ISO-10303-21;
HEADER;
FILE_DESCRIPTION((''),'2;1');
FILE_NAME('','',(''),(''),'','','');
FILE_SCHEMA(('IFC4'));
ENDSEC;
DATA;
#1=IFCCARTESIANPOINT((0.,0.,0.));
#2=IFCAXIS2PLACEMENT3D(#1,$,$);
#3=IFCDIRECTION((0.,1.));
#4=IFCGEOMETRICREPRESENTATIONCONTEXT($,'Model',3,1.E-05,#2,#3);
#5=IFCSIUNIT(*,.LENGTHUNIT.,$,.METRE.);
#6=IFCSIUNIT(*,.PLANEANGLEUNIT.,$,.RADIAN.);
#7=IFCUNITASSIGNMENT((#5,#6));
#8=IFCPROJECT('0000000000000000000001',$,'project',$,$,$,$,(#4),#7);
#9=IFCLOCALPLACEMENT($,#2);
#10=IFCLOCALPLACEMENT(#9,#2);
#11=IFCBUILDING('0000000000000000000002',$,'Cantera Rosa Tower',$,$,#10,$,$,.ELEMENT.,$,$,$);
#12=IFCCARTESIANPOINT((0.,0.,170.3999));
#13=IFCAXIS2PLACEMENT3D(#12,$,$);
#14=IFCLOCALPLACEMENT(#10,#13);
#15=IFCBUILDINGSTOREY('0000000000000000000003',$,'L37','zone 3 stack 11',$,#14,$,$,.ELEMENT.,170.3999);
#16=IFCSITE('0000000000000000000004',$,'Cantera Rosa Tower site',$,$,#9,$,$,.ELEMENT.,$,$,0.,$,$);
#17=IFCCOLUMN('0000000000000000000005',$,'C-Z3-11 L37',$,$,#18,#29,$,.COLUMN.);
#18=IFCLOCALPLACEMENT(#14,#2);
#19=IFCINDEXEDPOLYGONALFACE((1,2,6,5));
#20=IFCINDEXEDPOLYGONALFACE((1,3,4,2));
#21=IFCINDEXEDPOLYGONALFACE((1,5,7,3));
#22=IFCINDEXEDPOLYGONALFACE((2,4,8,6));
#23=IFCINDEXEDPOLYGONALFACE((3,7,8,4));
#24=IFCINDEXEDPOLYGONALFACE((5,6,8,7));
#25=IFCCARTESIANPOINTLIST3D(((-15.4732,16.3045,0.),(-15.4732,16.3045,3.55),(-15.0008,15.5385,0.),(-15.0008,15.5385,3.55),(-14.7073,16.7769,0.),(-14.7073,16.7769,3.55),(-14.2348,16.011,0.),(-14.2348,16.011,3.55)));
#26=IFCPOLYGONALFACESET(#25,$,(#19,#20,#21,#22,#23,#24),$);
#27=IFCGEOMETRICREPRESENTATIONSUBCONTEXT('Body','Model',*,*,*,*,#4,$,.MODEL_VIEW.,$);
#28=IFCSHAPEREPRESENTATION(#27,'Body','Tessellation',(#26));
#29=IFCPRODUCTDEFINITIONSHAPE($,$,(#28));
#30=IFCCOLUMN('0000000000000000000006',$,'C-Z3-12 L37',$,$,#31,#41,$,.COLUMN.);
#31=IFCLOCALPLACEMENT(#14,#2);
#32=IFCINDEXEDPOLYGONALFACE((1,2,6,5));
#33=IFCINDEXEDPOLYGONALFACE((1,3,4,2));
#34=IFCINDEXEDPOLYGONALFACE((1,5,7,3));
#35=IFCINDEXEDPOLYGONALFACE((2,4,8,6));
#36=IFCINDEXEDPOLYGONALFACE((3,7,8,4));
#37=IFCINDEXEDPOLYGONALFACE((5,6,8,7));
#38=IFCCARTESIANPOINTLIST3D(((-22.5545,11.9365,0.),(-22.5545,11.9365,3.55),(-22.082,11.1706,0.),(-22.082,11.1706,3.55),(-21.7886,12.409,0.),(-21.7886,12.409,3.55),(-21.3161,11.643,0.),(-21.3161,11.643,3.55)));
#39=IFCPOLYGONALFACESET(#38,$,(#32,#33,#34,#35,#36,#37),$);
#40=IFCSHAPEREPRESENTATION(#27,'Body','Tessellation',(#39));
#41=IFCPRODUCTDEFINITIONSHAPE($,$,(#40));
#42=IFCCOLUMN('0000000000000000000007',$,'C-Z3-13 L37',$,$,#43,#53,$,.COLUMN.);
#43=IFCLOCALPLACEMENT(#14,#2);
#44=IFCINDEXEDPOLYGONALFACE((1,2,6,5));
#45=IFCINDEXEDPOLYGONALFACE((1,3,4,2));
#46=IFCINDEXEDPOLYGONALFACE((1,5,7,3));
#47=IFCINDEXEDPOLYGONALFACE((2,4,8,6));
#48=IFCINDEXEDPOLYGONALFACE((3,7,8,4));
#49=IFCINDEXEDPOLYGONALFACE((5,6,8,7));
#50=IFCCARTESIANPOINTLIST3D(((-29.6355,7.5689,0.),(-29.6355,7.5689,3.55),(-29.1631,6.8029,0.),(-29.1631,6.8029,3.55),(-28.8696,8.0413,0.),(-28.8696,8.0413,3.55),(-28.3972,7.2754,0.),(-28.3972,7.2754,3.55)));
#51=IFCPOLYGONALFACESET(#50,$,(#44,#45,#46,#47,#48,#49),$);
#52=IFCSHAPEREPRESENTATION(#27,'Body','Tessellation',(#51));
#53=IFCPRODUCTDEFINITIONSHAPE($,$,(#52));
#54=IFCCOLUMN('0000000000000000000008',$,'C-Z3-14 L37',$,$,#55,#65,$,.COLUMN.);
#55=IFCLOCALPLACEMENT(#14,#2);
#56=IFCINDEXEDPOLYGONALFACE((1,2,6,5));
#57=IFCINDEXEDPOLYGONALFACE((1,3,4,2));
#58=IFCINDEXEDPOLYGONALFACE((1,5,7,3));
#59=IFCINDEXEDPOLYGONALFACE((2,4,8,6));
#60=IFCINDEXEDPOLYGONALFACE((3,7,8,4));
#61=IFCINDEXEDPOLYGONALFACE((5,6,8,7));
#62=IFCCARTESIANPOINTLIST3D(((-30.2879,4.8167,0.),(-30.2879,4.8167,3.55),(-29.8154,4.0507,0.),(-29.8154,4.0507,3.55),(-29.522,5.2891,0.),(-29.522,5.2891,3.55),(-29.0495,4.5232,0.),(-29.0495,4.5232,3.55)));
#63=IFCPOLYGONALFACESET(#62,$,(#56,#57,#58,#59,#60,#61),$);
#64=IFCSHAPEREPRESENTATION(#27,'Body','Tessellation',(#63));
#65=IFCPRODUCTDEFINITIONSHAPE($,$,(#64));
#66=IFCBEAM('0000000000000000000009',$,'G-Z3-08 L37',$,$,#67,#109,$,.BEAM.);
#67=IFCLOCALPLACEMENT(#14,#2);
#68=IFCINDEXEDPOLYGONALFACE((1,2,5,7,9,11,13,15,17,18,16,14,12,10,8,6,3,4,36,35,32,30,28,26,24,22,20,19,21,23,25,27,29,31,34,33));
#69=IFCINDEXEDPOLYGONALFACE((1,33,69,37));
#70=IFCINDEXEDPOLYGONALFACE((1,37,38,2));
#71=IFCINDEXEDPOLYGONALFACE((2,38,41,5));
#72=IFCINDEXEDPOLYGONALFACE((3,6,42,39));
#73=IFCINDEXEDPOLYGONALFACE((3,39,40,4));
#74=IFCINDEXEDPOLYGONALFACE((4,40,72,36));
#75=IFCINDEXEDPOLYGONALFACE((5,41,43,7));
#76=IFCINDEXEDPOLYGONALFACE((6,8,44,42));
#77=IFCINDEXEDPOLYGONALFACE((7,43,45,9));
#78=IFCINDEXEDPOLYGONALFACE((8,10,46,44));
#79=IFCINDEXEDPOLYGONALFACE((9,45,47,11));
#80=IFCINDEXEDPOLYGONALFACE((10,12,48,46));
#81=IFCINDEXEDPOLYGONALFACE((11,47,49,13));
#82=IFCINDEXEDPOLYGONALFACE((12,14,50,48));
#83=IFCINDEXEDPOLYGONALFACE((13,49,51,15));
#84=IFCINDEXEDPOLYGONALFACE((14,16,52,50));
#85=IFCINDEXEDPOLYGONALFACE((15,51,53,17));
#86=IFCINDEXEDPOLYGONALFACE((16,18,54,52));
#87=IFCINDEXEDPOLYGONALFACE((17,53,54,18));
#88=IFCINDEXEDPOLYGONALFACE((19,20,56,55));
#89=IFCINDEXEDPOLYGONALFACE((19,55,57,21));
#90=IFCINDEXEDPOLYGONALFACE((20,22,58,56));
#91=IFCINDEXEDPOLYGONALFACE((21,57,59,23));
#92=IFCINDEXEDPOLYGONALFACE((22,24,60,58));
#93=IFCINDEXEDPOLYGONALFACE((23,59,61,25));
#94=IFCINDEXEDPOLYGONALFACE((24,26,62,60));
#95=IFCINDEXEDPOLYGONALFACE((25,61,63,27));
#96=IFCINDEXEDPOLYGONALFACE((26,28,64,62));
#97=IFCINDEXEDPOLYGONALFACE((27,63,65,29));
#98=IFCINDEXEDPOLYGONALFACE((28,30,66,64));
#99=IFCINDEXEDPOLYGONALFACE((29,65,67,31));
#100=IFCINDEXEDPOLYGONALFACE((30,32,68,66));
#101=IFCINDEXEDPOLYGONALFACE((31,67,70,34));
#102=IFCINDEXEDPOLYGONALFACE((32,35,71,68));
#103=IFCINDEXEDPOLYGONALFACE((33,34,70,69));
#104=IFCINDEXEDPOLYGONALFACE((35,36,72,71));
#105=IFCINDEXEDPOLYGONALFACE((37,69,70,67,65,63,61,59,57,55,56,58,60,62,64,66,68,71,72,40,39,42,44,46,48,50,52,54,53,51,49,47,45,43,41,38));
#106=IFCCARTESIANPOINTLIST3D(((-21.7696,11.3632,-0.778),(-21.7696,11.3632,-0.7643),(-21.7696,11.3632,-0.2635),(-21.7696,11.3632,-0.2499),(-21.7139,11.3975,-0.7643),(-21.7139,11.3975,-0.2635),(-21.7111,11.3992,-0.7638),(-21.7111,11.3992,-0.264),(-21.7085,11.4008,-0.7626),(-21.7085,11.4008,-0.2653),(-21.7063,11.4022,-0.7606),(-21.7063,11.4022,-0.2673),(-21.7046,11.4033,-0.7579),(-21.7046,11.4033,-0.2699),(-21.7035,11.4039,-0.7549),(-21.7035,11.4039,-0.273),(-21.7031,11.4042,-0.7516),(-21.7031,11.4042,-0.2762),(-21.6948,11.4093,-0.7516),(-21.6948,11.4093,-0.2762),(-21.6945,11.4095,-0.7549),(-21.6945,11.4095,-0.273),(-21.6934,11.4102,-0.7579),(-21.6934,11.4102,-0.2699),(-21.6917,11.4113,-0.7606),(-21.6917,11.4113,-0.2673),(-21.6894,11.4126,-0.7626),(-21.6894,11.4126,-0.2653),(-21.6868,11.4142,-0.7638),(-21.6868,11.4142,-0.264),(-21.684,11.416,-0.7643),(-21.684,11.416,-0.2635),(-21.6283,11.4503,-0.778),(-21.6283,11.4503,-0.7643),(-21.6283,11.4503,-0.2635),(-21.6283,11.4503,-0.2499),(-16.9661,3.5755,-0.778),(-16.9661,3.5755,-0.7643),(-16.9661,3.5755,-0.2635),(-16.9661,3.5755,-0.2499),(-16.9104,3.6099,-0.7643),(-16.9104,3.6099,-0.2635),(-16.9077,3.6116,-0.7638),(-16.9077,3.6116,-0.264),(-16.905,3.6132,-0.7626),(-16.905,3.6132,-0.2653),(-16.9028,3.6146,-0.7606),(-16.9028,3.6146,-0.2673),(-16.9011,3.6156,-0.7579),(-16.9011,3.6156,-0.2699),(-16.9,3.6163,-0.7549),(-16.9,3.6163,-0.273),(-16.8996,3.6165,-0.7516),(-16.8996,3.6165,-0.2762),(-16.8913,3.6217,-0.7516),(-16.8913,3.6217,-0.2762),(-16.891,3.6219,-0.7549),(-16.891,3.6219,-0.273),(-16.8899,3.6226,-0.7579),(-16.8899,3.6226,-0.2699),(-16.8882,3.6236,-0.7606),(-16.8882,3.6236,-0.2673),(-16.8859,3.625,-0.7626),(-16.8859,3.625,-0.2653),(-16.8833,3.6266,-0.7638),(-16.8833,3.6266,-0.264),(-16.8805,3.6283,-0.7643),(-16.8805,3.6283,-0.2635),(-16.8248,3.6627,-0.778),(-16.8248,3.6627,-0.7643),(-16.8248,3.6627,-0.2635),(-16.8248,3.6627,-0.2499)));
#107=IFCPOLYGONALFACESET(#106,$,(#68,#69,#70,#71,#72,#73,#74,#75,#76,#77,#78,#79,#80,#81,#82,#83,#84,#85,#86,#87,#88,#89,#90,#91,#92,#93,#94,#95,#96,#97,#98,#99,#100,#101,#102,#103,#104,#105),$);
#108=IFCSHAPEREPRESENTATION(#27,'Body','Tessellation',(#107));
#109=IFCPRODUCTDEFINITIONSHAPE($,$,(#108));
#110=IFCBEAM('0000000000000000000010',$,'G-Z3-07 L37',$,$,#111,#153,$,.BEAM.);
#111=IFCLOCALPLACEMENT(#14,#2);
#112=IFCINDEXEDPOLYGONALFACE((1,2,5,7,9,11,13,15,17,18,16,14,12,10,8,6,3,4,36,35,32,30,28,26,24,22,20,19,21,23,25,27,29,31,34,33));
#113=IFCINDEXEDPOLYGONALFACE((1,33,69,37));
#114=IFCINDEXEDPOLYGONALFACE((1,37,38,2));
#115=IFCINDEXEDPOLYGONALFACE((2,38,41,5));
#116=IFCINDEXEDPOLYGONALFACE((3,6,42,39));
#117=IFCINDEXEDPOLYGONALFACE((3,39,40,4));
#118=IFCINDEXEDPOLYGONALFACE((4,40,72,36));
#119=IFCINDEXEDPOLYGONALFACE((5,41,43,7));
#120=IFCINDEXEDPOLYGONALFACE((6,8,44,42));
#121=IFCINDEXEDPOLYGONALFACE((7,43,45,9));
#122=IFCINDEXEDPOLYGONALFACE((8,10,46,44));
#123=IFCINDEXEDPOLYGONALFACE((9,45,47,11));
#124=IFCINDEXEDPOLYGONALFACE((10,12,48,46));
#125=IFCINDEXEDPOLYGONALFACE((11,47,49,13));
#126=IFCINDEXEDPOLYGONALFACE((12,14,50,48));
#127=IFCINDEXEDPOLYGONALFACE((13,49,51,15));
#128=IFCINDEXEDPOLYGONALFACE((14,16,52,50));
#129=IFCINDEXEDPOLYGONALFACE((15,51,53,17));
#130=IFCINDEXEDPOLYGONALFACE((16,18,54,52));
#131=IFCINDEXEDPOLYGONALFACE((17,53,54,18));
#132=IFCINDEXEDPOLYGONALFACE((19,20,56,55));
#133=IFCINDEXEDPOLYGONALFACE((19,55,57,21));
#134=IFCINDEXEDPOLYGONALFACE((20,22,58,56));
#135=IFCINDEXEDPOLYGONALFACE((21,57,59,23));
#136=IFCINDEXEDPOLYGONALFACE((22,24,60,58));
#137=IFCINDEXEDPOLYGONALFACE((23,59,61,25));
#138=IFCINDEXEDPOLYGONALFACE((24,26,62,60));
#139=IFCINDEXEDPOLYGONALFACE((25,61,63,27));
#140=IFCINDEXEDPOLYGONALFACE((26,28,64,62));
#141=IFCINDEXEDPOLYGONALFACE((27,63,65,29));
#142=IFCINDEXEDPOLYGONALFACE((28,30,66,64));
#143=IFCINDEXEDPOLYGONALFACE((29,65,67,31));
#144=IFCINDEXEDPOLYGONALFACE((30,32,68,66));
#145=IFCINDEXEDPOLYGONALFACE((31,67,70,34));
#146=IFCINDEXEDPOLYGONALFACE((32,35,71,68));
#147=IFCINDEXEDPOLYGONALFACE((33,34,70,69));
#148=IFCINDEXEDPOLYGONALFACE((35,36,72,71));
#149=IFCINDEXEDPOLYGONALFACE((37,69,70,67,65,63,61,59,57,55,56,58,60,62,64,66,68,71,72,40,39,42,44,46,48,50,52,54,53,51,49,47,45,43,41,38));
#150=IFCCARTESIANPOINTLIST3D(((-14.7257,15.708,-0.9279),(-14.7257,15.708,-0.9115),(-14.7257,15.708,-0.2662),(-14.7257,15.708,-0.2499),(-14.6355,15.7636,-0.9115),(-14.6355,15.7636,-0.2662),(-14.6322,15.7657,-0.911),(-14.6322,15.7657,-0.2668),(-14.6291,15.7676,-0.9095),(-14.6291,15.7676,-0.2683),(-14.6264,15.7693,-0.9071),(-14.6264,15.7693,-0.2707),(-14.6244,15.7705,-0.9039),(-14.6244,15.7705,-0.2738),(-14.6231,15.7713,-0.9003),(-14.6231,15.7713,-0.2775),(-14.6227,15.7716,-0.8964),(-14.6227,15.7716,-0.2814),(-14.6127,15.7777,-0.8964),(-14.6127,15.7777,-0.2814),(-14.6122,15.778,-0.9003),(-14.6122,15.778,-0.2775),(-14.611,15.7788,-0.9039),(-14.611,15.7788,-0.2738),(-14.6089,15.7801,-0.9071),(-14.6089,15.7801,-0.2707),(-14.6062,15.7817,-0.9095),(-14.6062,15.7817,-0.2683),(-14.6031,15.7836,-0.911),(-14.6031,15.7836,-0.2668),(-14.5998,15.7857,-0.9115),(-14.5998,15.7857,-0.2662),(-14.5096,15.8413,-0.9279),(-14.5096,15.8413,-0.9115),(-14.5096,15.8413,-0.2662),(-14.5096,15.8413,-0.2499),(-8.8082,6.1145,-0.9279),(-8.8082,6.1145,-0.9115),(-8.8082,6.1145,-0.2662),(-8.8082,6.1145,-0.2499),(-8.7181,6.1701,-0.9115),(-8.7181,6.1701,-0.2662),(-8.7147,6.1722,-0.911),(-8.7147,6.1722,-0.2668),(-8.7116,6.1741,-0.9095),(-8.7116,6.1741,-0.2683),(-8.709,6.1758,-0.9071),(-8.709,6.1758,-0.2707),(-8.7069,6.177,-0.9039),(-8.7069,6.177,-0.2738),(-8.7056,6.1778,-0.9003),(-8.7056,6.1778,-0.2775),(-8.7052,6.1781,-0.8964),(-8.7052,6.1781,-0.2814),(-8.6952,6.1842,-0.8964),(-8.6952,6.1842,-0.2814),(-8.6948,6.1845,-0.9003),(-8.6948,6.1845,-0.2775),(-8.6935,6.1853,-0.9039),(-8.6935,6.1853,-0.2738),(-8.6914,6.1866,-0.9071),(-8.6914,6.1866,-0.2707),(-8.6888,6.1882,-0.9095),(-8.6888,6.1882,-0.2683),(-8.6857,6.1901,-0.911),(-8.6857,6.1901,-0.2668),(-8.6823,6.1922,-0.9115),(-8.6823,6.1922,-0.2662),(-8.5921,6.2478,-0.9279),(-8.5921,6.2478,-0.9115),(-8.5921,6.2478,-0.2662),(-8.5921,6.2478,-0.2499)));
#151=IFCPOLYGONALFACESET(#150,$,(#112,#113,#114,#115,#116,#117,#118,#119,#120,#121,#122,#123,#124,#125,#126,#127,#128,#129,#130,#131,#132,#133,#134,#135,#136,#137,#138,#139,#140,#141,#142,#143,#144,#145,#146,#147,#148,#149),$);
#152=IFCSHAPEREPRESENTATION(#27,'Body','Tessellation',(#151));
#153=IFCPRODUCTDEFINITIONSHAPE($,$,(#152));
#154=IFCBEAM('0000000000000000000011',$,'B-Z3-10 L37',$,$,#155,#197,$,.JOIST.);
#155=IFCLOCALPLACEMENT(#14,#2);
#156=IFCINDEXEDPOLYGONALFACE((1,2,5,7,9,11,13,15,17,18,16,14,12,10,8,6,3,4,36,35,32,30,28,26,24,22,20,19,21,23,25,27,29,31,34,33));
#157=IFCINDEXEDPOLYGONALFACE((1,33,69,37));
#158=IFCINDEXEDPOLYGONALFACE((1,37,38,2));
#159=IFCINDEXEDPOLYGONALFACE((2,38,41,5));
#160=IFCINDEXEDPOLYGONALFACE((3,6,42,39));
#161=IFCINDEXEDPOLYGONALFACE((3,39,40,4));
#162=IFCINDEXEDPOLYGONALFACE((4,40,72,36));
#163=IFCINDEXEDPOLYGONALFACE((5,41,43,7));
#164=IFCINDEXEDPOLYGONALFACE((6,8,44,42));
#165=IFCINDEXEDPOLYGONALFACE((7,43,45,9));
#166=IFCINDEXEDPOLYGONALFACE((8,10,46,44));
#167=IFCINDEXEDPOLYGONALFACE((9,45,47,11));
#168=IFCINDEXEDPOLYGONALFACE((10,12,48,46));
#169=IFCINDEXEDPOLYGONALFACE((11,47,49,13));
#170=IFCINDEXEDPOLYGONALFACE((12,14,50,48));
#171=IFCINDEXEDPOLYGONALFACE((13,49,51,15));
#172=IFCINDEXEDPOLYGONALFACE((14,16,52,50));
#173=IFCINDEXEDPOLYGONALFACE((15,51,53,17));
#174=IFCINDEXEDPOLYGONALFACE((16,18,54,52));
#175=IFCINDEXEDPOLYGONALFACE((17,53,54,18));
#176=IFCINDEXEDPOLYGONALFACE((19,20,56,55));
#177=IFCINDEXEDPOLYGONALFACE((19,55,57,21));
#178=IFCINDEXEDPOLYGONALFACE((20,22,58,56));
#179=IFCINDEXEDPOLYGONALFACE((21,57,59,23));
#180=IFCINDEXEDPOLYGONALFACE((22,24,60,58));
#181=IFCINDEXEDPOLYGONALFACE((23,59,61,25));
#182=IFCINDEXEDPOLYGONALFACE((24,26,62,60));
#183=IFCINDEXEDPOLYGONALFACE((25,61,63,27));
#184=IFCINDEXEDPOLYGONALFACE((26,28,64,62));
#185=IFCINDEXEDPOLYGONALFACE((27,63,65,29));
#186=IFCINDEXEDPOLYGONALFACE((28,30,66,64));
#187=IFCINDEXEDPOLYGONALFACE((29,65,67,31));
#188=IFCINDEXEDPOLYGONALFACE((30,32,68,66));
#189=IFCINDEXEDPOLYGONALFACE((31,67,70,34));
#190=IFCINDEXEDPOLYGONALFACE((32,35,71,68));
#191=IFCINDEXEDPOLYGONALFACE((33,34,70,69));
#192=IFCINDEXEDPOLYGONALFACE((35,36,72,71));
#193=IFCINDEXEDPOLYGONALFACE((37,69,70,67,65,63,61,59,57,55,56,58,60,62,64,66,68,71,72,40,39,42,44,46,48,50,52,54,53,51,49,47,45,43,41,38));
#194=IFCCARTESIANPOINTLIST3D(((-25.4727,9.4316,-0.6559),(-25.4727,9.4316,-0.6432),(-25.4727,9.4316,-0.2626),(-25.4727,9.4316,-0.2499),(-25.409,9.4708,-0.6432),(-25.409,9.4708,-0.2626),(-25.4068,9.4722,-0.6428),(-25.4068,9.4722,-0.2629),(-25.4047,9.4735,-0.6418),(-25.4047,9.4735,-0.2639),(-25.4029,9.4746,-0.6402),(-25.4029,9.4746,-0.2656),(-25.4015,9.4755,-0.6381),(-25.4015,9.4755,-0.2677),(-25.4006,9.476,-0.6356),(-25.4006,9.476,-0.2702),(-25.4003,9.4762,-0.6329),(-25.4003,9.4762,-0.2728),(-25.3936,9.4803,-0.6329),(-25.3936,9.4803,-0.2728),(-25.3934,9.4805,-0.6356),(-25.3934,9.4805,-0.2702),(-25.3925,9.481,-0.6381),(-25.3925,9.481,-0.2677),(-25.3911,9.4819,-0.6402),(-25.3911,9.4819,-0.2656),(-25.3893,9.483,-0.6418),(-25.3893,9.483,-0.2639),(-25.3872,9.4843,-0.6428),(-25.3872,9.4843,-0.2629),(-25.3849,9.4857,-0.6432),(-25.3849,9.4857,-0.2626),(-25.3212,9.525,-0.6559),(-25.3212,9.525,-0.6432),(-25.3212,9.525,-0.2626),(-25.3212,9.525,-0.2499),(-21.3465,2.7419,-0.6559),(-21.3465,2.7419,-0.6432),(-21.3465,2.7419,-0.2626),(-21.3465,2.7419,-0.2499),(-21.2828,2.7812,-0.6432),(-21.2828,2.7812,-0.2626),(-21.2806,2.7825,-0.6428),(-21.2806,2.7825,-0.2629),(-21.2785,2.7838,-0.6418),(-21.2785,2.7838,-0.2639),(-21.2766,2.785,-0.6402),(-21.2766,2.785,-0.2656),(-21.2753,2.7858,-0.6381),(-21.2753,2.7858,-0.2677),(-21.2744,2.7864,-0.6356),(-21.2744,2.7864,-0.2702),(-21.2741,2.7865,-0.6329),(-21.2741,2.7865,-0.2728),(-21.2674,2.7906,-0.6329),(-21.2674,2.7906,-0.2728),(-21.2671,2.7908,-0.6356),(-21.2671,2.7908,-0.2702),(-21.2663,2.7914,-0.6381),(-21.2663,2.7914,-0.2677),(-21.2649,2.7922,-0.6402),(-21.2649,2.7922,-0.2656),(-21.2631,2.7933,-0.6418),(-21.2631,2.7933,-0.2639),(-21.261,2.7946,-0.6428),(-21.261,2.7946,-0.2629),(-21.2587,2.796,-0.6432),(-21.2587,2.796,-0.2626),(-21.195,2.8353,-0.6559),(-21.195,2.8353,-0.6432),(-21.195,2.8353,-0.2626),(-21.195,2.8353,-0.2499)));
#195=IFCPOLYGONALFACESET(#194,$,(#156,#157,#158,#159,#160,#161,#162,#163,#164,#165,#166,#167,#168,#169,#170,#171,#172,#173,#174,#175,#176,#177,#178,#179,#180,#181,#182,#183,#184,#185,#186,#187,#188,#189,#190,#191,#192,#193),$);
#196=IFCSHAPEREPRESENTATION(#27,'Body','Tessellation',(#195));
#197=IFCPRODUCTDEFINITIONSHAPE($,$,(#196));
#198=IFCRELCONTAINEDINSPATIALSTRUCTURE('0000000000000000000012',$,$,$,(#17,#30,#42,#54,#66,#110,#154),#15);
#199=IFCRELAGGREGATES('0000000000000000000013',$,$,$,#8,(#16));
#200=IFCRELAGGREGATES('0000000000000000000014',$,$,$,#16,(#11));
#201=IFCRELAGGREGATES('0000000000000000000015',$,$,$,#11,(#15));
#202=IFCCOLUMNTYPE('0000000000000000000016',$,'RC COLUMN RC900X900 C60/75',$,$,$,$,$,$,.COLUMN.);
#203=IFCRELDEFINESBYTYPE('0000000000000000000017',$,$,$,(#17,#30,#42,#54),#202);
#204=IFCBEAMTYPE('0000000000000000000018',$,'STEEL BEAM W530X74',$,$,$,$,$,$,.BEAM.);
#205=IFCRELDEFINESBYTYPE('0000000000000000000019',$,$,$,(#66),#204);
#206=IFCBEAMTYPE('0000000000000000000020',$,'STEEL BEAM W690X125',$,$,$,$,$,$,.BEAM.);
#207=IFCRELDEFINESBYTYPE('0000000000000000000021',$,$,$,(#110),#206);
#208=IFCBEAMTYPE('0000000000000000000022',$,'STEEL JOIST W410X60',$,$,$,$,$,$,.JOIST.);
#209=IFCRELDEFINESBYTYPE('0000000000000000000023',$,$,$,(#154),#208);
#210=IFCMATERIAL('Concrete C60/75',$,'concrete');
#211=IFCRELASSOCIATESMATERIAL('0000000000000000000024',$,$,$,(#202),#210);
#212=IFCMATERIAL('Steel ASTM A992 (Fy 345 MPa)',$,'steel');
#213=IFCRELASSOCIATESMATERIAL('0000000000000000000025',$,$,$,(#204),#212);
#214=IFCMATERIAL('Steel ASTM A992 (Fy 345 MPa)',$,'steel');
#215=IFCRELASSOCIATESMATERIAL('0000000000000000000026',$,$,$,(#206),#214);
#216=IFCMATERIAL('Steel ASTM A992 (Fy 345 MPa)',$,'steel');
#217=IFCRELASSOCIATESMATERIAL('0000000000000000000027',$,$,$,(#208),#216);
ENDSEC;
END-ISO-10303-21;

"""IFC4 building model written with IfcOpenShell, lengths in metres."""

from ifc_helpers import new_model, si_unit, direction, frame, origin, origin_2d, place, context, subcontext, project, spatial, rectangle, i_section, extrude, material, material_profile, profile_set, type_object, element, save


model = new_model("IFC4")

# Units and contexts
model_context = context("Model", 3, precision=1e-05, world=origin(), true_north=direction((0.0, 1.0)))
body_context = subcontext(model_context, "Body", "Model", "MODEL_VIEW")
ifc_project = project(units=[si_unit("LENGTHUNIT", "METRE"), si_unit("PLANEANGLEUNIT", "RADIAN")], contexts=[model_context])

# Site, building, storey
site_placement = place(None, origin())
site = spatial("IfcSite", under=ifc_project, at=site_placement, Name="Cantera Rosa Tower site", CompositionType="ELEMENT", RefElevation=0.0)
building_placement = place(site_placement, origin())
building = spatial("IfcBuilding", under=site, at=building_placement, Name="Cantera Rosa Tower", CompositionType="ELEMENT")
storey_placement = place(building_placement, frame((0.0, 0.0, 170.3999)))
storey = spatial("IfcBuildingStorey", under=building, at=storey_placement, Name="L37", Description="zone 3 stack 11", CompositionType="ELEMENT", Elevation=170.3999)

# Columns
ifc_material_1 = material(Name="Concrete C60/75", Category="concrete")
ifc_material_profile_1 = material_profile(ifc_material_1, rectangle(XDim=0.8999, YDim=0.8999, at=origin_2d()), Name="RC COLUMN RC900X900 C60/75")
ifc_profile_set_1 = profile_set([ifc_material_profile_1], Name="Concrete C60/75")
column_type = type_object("IfcColumnType", Name="RC COLUMN RC900X900 C60/75", PredefinedType="COLUMN", material=ifc_profile_set_1)
for number, where, z_axis, x_axis, name in (
    (1, (-14.854, 16.1577, 0.0), (0.0, 0.0, 1.0), (0.851117, 0.524977, 0.0), "C-Z3-11 L37"),
    (2, (-21.9353, 11.7898, 0.0), (0.0, 0.0, 1.0), (0.851117, 0.524977, 0.0), "C-Z3-12 L37"),
    (3, (-29.0164, 7.4221, 0.0), (0.0, 0.0, 1.0), (0.851117, 0.524977, 0.0), "C-Z3-13 L37"),
    (4, (-29.6687, 4.6699, 0.0), (0.0, 0.0, 1.0), (0.851117, 0.524977, 0.0), "C-Z3-14 L37"),
):
    element("IfcColumn", number, at=place(storey_placement, frame(where, z_axis=z_axis, x_axis=x_axis)), inside=storey, type_object=column_type, Name=name, PredefinedType="COLUMN", context=body_context, shape_type="SweptSolid", body=[
        extrude(rectangle(XDim=0.8999, YDim=0.8999, at=origin_2d()), origin(), (0.0, 0.0, 1.0), 3.55),
    ])

# Beams
ifc_material_2 = material(Name="Steel ASTM A992 (Fy 345 MPa)", Category="steel")
ifc_material_profile_2 = material_profile(ifc_material_2, i_section(OverallWidth=0.166, OverallDepth=0.5281, WebThickness=0.0098, FlangeThickness=0.0137, FilletRadius=0.0127, at=origin_2d()), Name="W530X74")
ifc_profile_set_2 = profile_set([ifc_material_profile_2], Name="Steel ASTM A992 (Fy 345 MPa)")
beam_type_1 = type_object("IfcBeamType", Name="STEEL BEAM W530X74", PredefinedType="BEAM", material=ifc_profile_set_2)
beam_1_placement = place(storey_placement, frame((-21.699, 11.4067, -0.5139), z_axis=(0.524977, -0.851116, 0.0), x_axis=(0.851116, 0.524977, 0.0)))
element("IfcBeam", 5, at=beam_1_placement, inside=storey, type_object=beam_type_1, Name="G-Z3-08 L37", PredefinedType="BEAM", context=body_context, shape_type="SweptSolid", body=[
    extrude(i_section(OverallWidth=0.166, OverallDepth=0.5281, WebThickness=0.0098, FlangeThickness=0.0137, FilletRadius=0.0127, at=origin_2d()), origin(), (0.0, 0.0, 1.0), 9.1499),
])
ifc_material_3 = material(Name="Steel ASTM A992 (Fy 345 MPa)", Category="steel")
ifc_material_profile_3 = material_profile(ifc_material_3, i_section(OverallWidth=0.2539, OverallDepth=0.678, WebThickness=0.0117, FlangeThickness=0.0164, FilletRadius=0.0151, at=origin_2d()), Name="W690X125")
ifc_profile_set_3 = profile_set([ifc_material_profile_3], Name="Steel ASTM A992 (Fy 345 MPa)")
beam_type_2 = type_object("IfcBeamType", Name="STEEL BEAM W690X125", PredefinedType="BEAM", material=ifc_profile_set_3)
beam_2_placement = place(storey_placement, frame((-14.6177, 15.7747, -0.5889), z_axis=(0.524984, -0.851112, 0.0), x_axis=(0.851112, 0.524984, 0.0)))
element("IfcBeam", 6, at=beam_2_placement, inside=storey, type_object=beam_type_2, Name="G-Z3-07 L37", PredefinedType="BEAM", context=body_context, shape_type="SweptSolid", body=[
    extrude(i_section(OverallWidth=0.2539, OverallDepth=0.678, WebThickness=0.0117, FlangeThickness=0.0164, FilletRadius=0.0151, at=origin_2d()), origin(), (0.0, 0.0, 1.0), 11.2717),
])
ifc_material_4 = material(Name="Steel ASTM A992 (Fy 345 MPa)", Category="steel")
ifc_material_profile_4 = material_profile(ifc_material_4, i_section(OverallWidth=0.178, OverallDepth=0.406, WebThickness=0.0078, FlangeThickness=0.0127, FilletRadius=0.0103, at=origin_2d()), Name="W410X60")
ifc_profile_set_4 = profile_set([ifc_material_profile_4], Name="Steel ASTM A992 (Fy 345 MPa)")
beam_type_3 = type_object("IfcBeamType", Name="STEEL JOIST W410X60", PredefinedType="JOIST", material=ifc_profile_set_4)
beam_3_placement = place(storey_placement, frame((-25.397, 9.4783, -0.4529), z_axis=(0.524972, -0.851119, 0.0), x_axis=(0.851119, 0.524972, 0.0)))
element("IfcBeam", 7, at=beam_3_placement, inside=storey, type_object=beam_type_3, Name="B-Z3-10 L37", PredefinedType="JOIST", context=body_context, shape_type="SweptSolid", body=[
    extrude(i_section(OverallWidth=0.178, OverallDepth=0.406, WebThickness=0.0078, FlangeThickness=0.0127, FilletRadius=0.0103, at=origin_2d()), origin(), (0.0, 0.0, 1.0), 7.8599),
])

save(model, "model.ifc")
